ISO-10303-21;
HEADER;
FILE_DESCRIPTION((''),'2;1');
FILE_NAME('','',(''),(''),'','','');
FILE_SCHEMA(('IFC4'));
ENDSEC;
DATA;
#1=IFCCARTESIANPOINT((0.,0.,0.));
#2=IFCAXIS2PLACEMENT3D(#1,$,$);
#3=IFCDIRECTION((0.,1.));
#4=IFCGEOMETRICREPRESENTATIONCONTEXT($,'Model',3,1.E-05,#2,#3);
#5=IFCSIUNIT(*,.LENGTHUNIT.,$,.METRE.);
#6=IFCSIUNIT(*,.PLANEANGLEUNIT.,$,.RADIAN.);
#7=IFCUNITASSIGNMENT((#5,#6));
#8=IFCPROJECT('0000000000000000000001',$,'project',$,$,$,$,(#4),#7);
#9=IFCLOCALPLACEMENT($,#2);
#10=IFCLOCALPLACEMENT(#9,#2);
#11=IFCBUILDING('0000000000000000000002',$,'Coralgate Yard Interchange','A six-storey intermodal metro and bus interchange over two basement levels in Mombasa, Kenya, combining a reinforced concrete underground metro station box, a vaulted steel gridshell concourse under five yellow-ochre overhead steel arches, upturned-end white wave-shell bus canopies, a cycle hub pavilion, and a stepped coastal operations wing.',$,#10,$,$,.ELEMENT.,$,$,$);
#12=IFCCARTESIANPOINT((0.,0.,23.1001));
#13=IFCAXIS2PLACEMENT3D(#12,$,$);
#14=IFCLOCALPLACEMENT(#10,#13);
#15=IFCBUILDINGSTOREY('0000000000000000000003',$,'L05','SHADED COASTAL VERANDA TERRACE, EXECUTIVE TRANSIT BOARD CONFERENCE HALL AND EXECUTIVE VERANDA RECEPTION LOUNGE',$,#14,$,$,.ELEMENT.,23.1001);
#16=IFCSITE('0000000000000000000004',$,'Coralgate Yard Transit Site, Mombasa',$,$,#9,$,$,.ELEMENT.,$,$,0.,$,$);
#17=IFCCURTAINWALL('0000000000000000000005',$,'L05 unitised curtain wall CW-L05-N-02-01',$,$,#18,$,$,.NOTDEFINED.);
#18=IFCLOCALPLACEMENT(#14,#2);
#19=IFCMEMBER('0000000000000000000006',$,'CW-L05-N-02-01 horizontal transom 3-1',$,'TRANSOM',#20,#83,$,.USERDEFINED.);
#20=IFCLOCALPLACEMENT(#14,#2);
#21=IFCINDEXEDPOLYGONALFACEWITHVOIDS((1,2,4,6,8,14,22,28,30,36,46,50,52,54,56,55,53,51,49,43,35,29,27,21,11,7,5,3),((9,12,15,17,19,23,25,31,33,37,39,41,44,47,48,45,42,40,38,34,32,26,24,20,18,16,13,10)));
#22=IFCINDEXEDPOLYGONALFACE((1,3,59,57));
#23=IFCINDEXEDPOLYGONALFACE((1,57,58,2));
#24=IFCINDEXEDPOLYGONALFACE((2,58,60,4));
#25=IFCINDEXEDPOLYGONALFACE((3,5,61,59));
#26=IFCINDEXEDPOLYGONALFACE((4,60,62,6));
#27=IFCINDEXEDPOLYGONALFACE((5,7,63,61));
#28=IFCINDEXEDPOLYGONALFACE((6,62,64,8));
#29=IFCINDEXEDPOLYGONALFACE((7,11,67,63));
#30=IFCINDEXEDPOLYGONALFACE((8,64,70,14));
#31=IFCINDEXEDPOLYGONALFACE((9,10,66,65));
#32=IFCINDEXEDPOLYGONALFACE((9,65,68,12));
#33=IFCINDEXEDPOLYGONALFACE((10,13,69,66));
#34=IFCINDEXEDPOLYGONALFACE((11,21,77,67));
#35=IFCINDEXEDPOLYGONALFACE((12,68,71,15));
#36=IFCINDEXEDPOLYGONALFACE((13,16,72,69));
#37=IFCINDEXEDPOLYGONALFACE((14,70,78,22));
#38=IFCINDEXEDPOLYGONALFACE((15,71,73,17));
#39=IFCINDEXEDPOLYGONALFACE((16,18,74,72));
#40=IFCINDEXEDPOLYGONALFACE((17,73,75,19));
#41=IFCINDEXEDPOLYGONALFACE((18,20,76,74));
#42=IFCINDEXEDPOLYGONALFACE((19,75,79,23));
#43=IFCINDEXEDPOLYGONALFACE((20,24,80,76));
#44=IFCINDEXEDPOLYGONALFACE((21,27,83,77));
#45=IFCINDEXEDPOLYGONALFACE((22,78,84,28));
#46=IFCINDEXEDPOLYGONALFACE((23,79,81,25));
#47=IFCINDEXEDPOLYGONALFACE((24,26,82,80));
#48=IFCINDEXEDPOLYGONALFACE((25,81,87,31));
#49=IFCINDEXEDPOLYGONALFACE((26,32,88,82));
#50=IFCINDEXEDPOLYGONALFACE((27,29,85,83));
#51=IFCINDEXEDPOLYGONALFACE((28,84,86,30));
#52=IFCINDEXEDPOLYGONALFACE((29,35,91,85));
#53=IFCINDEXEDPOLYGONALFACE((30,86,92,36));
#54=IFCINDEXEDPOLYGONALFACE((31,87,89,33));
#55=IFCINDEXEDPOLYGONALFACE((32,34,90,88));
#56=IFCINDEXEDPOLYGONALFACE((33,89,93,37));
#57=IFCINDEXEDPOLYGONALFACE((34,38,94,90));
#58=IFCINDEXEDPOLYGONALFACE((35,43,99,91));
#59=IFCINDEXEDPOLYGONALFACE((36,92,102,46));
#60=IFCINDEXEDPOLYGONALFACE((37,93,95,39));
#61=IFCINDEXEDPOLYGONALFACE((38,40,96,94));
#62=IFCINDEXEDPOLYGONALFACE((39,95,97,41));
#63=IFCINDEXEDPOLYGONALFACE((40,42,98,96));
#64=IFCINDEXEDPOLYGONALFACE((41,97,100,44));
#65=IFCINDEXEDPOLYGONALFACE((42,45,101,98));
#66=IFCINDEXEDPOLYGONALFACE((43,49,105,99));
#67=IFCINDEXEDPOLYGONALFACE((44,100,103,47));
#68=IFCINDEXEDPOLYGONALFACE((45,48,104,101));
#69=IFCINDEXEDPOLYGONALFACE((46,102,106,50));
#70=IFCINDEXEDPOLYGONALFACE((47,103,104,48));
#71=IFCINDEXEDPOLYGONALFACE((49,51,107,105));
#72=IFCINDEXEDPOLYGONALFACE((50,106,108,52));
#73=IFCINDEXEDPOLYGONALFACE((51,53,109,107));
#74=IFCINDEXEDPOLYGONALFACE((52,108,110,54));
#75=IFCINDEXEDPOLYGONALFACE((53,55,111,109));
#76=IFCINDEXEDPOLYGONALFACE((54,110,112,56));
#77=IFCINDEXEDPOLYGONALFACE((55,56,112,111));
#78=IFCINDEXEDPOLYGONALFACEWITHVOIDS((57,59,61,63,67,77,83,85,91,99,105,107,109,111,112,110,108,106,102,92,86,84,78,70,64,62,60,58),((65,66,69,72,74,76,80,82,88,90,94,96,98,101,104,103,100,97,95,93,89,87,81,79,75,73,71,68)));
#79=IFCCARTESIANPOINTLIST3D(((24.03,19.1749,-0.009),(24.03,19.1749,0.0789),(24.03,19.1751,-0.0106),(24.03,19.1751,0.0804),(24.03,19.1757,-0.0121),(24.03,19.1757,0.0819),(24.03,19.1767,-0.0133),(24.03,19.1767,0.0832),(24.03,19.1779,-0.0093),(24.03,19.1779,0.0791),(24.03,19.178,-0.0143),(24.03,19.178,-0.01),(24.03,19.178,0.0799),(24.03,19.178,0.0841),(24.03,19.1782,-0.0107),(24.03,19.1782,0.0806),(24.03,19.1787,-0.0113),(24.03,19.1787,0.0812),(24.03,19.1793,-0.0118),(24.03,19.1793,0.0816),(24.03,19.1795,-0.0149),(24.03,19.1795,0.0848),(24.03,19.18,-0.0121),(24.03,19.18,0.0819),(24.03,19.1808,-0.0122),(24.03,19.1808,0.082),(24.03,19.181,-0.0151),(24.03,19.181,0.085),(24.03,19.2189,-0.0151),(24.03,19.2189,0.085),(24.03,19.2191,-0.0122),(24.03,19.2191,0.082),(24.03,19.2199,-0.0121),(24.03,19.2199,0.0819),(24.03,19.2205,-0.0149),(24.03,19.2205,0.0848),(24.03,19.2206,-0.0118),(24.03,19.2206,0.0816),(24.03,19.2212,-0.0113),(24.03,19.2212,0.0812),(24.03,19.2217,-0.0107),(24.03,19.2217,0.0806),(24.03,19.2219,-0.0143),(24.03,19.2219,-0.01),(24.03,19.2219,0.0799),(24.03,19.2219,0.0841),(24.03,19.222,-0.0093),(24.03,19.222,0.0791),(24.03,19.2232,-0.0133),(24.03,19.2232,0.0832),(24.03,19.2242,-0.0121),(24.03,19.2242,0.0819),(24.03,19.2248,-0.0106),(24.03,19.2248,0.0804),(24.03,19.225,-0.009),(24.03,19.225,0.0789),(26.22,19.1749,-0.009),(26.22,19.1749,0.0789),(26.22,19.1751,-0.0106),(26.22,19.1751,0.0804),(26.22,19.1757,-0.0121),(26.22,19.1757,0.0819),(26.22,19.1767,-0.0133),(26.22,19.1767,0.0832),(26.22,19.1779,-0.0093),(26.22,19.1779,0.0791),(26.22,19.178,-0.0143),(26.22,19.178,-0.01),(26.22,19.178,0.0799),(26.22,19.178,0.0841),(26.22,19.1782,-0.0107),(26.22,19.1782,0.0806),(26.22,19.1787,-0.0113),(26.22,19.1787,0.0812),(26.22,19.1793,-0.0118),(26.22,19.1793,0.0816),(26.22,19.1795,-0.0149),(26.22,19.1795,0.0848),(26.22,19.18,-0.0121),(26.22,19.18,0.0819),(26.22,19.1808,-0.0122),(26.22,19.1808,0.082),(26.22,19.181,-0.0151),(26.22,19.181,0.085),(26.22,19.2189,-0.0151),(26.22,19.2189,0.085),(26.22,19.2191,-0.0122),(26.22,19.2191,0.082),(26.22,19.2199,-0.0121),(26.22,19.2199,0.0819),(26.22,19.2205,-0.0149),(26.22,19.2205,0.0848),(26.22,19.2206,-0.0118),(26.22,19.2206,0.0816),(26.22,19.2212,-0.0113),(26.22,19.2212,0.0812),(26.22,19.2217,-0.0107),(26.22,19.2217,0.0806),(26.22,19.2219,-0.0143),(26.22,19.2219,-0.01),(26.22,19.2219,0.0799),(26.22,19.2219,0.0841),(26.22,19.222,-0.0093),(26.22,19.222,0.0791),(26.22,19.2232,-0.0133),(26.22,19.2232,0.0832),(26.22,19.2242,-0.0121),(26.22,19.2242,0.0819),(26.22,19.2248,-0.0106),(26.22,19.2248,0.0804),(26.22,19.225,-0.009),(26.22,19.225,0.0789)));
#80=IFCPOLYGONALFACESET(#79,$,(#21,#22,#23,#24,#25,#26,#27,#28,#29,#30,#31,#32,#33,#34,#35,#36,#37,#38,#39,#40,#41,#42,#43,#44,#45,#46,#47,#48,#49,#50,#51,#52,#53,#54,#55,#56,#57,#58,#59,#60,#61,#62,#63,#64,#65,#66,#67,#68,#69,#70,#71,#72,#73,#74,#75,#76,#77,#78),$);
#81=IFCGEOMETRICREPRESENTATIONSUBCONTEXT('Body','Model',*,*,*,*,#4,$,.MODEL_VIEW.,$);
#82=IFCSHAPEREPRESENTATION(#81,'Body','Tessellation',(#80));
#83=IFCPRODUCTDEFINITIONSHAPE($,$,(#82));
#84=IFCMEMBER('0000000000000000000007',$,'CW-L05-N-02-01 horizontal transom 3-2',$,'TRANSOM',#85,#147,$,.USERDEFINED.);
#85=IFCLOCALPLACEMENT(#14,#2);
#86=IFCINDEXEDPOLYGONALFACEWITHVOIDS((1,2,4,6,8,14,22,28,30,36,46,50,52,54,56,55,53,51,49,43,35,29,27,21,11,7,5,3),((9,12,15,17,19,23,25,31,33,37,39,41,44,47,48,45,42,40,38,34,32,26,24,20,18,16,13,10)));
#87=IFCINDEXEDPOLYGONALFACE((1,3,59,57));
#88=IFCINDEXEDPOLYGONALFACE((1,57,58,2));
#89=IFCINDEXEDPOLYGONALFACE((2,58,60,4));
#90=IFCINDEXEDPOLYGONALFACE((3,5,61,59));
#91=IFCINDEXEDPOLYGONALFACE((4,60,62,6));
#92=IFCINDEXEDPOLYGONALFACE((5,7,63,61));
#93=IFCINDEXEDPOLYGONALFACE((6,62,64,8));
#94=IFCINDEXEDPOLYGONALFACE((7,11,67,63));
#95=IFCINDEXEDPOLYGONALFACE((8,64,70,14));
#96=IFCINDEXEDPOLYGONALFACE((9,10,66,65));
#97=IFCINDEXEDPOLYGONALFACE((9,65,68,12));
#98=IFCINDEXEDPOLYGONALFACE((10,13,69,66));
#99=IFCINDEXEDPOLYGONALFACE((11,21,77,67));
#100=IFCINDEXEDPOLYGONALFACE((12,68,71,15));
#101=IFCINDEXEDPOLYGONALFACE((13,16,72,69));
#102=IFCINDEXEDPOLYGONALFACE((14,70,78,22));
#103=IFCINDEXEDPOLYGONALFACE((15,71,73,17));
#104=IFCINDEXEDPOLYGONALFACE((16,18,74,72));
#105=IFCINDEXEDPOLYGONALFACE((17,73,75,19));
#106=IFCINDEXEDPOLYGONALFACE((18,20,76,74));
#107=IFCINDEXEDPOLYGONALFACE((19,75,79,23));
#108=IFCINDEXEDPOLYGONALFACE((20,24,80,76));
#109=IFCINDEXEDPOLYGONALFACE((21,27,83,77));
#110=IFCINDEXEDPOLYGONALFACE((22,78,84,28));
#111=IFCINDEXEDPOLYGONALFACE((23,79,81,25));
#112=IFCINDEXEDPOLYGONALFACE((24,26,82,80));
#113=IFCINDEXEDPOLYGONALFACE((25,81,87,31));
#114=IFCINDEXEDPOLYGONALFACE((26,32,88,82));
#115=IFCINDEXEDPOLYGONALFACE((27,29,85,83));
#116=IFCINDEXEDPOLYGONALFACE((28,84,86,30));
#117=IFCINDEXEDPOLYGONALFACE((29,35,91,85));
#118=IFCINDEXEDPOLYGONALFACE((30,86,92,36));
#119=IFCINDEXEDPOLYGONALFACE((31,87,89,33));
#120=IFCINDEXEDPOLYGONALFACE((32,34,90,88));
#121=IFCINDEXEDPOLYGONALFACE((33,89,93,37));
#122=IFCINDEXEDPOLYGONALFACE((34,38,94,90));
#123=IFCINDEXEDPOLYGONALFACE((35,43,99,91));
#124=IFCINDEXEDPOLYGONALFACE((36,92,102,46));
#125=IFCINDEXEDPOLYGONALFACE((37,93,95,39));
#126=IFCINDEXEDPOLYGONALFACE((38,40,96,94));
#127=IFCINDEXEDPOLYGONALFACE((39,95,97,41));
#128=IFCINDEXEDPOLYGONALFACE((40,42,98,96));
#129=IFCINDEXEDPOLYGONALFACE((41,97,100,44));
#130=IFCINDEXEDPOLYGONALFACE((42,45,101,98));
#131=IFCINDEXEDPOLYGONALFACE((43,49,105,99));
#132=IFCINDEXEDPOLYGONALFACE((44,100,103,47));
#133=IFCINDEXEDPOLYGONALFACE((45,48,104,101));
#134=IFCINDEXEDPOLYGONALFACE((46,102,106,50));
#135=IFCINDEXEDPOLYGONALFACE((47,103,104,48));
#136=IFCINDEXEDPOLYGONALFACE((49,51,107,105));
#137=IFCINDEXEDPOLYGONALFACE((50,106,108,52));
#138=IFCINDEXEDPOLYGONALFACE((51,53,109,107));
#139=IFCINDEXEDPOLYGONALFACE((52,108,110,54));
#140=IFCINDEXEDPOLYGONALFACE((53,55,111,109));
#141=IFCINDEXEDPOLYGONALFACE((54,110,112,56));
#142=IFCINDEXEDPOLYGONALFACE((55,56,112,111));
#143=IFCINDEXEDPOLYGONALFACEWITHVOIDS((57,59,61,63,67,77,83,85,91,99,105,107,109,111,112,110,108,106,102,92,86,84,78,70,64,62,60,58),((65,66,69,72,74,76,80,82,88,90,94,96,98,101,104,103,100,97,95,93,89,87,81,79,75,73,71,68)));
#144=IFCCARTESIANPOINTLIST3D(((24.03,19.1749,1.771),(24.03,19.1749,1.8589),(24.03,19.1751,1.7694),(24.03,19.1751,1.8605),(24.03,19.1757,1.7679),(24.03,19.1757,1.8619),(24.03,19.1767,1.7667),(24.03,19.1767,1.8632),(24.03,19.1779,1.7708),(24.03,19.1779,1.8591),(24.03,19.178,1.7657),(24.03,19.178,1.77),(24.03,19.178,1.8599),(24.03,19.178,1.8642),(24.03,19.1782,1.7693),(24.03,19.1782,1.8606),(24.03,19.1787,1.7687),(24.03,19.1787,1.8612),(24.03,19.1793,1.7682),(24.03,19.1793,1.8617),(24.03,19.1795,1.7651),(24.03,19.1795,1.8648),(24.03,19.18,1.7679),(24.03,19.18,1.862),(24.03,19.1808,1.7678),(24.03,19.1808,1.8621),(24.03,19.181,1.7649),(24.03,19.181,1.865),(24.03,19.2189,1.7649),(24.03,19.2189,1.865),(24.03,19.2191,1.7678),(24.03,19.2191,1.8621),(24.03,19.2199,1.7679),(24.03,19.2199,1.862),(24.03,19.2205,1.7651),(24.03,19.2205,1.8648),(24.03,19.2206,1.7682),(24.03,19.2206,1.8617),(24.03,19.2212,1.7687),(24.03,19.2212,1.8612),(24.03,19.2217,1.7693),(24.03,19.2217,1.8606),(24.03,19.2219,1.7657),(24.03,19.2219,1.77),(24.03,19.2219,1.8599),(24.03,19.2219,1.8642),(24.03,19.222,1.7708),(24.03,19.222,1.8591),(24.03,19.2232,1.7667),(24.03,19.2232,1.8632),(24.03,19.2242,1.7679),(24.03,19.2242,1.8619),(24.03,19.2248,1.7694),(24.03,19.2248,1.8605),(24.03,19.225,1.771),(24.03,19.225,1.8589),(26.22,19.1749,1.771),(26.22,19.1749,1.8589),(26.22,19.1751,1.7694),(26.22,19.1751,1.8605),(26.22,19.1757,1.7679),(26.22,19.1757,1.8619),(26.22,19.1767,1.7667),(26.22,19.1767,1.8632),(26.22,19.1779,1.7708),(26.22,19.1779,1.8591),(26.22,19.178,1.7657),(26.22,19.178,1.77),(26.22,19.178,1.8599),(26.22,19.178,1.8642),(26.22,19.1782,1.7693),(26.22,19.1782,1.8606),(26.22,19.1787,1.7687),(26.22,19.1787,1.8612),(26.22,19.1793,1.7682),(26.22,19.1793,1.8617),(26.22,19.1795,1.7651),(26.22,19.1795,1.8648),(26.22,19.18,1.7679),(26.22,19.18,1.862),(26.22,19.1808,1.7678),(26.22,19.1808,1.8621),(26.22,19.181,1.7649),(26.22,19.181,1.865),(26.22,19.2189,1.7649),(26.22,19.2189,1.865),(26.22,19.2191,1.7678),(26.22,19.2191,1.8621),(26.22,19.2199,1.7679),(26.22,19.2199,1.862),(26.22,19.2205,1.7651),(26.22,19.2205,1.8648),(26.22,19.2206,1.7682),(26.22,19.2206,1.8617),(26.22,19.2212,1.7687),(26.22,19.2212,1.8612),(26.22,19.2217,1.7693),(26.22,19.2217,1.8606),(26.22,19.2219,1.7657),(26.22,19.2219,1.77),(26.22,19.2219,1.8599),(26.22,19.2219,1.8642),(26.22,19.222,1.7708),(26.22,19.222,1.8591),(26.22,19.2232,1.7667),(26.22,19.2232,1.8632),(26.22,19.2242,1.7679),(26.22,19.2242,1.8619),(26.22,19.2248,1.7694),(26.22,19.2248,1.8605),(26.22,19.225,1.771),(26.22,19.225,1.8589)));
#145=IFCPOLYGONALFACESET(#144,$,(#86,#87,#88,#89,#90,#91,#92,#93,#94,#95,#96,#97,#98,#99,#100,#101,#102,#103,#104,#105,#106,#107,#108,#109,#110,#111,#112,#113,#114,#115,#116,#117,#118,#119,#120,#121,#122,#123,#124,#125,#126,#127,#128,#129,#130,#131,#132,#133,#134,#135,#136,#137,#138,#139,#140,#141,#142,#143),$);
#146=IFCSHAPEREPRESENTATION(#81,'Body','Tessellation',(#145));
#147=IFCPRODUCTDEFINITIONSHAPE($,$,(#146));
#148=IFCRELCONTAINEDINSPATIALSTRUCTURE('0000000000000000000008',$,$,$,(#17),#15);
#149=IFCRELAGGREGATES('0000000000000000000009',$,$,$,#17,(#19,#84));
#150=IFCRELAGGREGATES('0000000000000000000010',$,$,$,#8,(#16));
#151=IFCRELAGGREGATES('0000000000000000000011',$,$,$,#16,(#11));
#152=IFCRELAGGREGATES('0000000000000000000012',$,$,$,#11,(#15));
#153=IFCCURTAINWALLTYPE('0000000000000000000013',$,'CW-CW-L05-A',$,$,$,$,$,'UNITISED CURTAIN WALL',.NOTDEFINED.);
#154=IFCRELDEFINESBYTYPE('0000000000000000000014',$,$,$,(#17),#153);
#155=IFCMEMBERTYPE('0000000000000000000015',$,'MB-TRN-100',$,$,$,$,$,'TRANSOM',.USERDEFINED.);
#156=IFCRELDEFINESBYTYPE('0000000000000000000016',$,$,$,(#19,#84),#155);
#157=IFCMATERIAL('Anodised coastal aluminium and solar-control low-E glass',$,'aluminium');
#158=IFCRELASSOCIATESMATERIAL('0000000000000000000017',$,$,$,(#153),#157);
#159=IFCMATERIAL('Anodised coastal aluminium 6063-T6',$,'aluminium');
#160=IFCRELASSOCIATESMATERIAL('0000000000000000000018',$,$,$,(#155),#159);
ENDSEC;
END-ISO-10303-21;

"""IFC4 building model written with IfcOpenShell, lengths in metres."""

from ifc_helpers import new_model, si_unit, direction, frame, origin, origin_2d, place, context, subcontext, project, spatial, hollow_rectangle, extrude, material, material_profile, profile_set, type_object, element, aggregate, save


model = new_model("IFC4")

# Units and contexts
model_context = context("Model", 3, precision=1e-05, world=origin(), true_north=direction((0.0, 1.0)))
body_context = subcontext(model_context, "Body", "Model", "MODEL_VIEW")
ifc_project = project(units=[si_unit("LENGTHUNIT", "METRE"), si_unit("PLANEANGLEUNIT", "RADIAN")], contexts=[model_context])

# Site, building, storey
site_placement = place(None, origin())
site = spatial("IfcSite", under=ifc_project, at=site_placement, Name="Coralgate Yard Transit Site, Mombasa", CompositionType="ELEMENT", RefElevation=0.0)
building_placement = place(site_placement, origin())
building = spatial("IfcBuilding", under=site, at=building_placement, Name="Coralgate Yard Interchange", Description="A six-storey intermodal metro and bus interchange over two basement levels in Mombasa, Kenya, combining a reinforced concrete underground metro station box, a vaulted steel gridshell concourse under five yellow-ochre overhead steel arches, upturned-end white wave-shell bus canopies, a cycle hub pavilion, and a stepped coastal operations wing.", CompositionType="ELEMENT")
storey_placement = place(building_placement, frame((0.0, 0.0, 23.1001)))
storey = spatial("IfcBuildingStorey", under=building, at=storey_placement, Name="L05", Description="SHADED COASTAL VERANDA TERRACE, EXECUTIVE TRANSIT BOARD CONFERENCE HALL AND EXECUTIVE VERANDA RECEPTION LOUNGE", CompositionType="ELEMENT", Elevation=23.1001)

# Curtain wall
ifc_material_1 = material(Name="Anodised coastal aluminium and solar-control low-E glass", Category="aluminium")
curtain_wall_type = type_object("IfcCurtainWallType", Name="CW-CW-L05-A", ElementType="UNITISED CURTAIN WALL", PredefinedType="NOTDEFINED", material=ifc_material_1)
curtain_wall_1_placement = place(storey_placement, origin())
curtain_wall_1 = element("IfcCurtainWall", 1, at=curtain_wall_1_placement, inside=storey, type_object=curtain_wall_type, Name="L05 unitised curtain wall CW-L05-N-02-01", PredefinedType="NOTDEFINED")
ifc_material_2 = material(Name="Anodised coastal aluminium 6063-T6", Category="aluminium")
ifc_material_profile_1 = material_profile(ifc_material_2, hollow_rectangle(XDim=0.05, YDim=0.1001, WallThickness=0.0029, InnerFilletRadius=0.0029, OuterFilletRadius=0.0061, at=origin_2d()), Name="ALU 50x100x3")
ifc_profile_set_1 = profile_set([ifc_material_profile_1], Name="Anodised coastal aluminium 6063-T6")
member_type_1 = type_object("IfcMemberType", Name="MB-TRN-100", ElementType="TRANSOM", PredefinedType="USERDEFINED", material=ifc_profile_set_1)

# Members
member_1_placement = place(storey_placement, frame((24.03, 19.2, 0.0349), z_axis=(1.0, 0.0, 0.0), x_axis=(0.0, 1.0, 0.0)))
member_1 = element("IfcMember", 2, at=member_1_placement, type_object=member_type_1, Name="CW-L05-N-02-01 horizontal transom 3-1", ObjectType="TRANSOM", PredefinedType="USERDEFINED", context=body_context, shape_type="SweptSolid", body=[
    extrude(hollow_rectangle(XDim=0.05, YDim=0.1001, WallThickness=0.0029, InnerFilletRadius=0.0029, OuterFilletRadius=0.0061, at=origin_2d()), origin(), (0.0, 0.0, 1.0), 2.1899),
])
member_2_placement = place(storey_placement, frame((24.03, 19.2, 1.8149), z_axis=(1.0, 0.0, 0.0), x_axis=(0.0, 1.0, 0.0)))
member_2 = element("IfcMember", 3, at=member_2_placement, type_object=member_type_1, Name="CW-L05-N-02-01 horizontal transom 3-2", ObjectType="TRANSOM", PredefinedType="USERDEFINED", context=body_context, shape_type="SweptSolid", body=[
    extrude(hollow_rectangle(XDim=0.05, YDim=0.1001, WallThickness=0.0029, InnerFilletRadius=0.0029, OuterFilletRadius=0.0061, at=origin_2d()), origin(), (0.0, 0.0, 1.0), 2.1899),
])

aggregate(curtain_wall_1, [member_1, member_2])

save(model, "model.ifc")
